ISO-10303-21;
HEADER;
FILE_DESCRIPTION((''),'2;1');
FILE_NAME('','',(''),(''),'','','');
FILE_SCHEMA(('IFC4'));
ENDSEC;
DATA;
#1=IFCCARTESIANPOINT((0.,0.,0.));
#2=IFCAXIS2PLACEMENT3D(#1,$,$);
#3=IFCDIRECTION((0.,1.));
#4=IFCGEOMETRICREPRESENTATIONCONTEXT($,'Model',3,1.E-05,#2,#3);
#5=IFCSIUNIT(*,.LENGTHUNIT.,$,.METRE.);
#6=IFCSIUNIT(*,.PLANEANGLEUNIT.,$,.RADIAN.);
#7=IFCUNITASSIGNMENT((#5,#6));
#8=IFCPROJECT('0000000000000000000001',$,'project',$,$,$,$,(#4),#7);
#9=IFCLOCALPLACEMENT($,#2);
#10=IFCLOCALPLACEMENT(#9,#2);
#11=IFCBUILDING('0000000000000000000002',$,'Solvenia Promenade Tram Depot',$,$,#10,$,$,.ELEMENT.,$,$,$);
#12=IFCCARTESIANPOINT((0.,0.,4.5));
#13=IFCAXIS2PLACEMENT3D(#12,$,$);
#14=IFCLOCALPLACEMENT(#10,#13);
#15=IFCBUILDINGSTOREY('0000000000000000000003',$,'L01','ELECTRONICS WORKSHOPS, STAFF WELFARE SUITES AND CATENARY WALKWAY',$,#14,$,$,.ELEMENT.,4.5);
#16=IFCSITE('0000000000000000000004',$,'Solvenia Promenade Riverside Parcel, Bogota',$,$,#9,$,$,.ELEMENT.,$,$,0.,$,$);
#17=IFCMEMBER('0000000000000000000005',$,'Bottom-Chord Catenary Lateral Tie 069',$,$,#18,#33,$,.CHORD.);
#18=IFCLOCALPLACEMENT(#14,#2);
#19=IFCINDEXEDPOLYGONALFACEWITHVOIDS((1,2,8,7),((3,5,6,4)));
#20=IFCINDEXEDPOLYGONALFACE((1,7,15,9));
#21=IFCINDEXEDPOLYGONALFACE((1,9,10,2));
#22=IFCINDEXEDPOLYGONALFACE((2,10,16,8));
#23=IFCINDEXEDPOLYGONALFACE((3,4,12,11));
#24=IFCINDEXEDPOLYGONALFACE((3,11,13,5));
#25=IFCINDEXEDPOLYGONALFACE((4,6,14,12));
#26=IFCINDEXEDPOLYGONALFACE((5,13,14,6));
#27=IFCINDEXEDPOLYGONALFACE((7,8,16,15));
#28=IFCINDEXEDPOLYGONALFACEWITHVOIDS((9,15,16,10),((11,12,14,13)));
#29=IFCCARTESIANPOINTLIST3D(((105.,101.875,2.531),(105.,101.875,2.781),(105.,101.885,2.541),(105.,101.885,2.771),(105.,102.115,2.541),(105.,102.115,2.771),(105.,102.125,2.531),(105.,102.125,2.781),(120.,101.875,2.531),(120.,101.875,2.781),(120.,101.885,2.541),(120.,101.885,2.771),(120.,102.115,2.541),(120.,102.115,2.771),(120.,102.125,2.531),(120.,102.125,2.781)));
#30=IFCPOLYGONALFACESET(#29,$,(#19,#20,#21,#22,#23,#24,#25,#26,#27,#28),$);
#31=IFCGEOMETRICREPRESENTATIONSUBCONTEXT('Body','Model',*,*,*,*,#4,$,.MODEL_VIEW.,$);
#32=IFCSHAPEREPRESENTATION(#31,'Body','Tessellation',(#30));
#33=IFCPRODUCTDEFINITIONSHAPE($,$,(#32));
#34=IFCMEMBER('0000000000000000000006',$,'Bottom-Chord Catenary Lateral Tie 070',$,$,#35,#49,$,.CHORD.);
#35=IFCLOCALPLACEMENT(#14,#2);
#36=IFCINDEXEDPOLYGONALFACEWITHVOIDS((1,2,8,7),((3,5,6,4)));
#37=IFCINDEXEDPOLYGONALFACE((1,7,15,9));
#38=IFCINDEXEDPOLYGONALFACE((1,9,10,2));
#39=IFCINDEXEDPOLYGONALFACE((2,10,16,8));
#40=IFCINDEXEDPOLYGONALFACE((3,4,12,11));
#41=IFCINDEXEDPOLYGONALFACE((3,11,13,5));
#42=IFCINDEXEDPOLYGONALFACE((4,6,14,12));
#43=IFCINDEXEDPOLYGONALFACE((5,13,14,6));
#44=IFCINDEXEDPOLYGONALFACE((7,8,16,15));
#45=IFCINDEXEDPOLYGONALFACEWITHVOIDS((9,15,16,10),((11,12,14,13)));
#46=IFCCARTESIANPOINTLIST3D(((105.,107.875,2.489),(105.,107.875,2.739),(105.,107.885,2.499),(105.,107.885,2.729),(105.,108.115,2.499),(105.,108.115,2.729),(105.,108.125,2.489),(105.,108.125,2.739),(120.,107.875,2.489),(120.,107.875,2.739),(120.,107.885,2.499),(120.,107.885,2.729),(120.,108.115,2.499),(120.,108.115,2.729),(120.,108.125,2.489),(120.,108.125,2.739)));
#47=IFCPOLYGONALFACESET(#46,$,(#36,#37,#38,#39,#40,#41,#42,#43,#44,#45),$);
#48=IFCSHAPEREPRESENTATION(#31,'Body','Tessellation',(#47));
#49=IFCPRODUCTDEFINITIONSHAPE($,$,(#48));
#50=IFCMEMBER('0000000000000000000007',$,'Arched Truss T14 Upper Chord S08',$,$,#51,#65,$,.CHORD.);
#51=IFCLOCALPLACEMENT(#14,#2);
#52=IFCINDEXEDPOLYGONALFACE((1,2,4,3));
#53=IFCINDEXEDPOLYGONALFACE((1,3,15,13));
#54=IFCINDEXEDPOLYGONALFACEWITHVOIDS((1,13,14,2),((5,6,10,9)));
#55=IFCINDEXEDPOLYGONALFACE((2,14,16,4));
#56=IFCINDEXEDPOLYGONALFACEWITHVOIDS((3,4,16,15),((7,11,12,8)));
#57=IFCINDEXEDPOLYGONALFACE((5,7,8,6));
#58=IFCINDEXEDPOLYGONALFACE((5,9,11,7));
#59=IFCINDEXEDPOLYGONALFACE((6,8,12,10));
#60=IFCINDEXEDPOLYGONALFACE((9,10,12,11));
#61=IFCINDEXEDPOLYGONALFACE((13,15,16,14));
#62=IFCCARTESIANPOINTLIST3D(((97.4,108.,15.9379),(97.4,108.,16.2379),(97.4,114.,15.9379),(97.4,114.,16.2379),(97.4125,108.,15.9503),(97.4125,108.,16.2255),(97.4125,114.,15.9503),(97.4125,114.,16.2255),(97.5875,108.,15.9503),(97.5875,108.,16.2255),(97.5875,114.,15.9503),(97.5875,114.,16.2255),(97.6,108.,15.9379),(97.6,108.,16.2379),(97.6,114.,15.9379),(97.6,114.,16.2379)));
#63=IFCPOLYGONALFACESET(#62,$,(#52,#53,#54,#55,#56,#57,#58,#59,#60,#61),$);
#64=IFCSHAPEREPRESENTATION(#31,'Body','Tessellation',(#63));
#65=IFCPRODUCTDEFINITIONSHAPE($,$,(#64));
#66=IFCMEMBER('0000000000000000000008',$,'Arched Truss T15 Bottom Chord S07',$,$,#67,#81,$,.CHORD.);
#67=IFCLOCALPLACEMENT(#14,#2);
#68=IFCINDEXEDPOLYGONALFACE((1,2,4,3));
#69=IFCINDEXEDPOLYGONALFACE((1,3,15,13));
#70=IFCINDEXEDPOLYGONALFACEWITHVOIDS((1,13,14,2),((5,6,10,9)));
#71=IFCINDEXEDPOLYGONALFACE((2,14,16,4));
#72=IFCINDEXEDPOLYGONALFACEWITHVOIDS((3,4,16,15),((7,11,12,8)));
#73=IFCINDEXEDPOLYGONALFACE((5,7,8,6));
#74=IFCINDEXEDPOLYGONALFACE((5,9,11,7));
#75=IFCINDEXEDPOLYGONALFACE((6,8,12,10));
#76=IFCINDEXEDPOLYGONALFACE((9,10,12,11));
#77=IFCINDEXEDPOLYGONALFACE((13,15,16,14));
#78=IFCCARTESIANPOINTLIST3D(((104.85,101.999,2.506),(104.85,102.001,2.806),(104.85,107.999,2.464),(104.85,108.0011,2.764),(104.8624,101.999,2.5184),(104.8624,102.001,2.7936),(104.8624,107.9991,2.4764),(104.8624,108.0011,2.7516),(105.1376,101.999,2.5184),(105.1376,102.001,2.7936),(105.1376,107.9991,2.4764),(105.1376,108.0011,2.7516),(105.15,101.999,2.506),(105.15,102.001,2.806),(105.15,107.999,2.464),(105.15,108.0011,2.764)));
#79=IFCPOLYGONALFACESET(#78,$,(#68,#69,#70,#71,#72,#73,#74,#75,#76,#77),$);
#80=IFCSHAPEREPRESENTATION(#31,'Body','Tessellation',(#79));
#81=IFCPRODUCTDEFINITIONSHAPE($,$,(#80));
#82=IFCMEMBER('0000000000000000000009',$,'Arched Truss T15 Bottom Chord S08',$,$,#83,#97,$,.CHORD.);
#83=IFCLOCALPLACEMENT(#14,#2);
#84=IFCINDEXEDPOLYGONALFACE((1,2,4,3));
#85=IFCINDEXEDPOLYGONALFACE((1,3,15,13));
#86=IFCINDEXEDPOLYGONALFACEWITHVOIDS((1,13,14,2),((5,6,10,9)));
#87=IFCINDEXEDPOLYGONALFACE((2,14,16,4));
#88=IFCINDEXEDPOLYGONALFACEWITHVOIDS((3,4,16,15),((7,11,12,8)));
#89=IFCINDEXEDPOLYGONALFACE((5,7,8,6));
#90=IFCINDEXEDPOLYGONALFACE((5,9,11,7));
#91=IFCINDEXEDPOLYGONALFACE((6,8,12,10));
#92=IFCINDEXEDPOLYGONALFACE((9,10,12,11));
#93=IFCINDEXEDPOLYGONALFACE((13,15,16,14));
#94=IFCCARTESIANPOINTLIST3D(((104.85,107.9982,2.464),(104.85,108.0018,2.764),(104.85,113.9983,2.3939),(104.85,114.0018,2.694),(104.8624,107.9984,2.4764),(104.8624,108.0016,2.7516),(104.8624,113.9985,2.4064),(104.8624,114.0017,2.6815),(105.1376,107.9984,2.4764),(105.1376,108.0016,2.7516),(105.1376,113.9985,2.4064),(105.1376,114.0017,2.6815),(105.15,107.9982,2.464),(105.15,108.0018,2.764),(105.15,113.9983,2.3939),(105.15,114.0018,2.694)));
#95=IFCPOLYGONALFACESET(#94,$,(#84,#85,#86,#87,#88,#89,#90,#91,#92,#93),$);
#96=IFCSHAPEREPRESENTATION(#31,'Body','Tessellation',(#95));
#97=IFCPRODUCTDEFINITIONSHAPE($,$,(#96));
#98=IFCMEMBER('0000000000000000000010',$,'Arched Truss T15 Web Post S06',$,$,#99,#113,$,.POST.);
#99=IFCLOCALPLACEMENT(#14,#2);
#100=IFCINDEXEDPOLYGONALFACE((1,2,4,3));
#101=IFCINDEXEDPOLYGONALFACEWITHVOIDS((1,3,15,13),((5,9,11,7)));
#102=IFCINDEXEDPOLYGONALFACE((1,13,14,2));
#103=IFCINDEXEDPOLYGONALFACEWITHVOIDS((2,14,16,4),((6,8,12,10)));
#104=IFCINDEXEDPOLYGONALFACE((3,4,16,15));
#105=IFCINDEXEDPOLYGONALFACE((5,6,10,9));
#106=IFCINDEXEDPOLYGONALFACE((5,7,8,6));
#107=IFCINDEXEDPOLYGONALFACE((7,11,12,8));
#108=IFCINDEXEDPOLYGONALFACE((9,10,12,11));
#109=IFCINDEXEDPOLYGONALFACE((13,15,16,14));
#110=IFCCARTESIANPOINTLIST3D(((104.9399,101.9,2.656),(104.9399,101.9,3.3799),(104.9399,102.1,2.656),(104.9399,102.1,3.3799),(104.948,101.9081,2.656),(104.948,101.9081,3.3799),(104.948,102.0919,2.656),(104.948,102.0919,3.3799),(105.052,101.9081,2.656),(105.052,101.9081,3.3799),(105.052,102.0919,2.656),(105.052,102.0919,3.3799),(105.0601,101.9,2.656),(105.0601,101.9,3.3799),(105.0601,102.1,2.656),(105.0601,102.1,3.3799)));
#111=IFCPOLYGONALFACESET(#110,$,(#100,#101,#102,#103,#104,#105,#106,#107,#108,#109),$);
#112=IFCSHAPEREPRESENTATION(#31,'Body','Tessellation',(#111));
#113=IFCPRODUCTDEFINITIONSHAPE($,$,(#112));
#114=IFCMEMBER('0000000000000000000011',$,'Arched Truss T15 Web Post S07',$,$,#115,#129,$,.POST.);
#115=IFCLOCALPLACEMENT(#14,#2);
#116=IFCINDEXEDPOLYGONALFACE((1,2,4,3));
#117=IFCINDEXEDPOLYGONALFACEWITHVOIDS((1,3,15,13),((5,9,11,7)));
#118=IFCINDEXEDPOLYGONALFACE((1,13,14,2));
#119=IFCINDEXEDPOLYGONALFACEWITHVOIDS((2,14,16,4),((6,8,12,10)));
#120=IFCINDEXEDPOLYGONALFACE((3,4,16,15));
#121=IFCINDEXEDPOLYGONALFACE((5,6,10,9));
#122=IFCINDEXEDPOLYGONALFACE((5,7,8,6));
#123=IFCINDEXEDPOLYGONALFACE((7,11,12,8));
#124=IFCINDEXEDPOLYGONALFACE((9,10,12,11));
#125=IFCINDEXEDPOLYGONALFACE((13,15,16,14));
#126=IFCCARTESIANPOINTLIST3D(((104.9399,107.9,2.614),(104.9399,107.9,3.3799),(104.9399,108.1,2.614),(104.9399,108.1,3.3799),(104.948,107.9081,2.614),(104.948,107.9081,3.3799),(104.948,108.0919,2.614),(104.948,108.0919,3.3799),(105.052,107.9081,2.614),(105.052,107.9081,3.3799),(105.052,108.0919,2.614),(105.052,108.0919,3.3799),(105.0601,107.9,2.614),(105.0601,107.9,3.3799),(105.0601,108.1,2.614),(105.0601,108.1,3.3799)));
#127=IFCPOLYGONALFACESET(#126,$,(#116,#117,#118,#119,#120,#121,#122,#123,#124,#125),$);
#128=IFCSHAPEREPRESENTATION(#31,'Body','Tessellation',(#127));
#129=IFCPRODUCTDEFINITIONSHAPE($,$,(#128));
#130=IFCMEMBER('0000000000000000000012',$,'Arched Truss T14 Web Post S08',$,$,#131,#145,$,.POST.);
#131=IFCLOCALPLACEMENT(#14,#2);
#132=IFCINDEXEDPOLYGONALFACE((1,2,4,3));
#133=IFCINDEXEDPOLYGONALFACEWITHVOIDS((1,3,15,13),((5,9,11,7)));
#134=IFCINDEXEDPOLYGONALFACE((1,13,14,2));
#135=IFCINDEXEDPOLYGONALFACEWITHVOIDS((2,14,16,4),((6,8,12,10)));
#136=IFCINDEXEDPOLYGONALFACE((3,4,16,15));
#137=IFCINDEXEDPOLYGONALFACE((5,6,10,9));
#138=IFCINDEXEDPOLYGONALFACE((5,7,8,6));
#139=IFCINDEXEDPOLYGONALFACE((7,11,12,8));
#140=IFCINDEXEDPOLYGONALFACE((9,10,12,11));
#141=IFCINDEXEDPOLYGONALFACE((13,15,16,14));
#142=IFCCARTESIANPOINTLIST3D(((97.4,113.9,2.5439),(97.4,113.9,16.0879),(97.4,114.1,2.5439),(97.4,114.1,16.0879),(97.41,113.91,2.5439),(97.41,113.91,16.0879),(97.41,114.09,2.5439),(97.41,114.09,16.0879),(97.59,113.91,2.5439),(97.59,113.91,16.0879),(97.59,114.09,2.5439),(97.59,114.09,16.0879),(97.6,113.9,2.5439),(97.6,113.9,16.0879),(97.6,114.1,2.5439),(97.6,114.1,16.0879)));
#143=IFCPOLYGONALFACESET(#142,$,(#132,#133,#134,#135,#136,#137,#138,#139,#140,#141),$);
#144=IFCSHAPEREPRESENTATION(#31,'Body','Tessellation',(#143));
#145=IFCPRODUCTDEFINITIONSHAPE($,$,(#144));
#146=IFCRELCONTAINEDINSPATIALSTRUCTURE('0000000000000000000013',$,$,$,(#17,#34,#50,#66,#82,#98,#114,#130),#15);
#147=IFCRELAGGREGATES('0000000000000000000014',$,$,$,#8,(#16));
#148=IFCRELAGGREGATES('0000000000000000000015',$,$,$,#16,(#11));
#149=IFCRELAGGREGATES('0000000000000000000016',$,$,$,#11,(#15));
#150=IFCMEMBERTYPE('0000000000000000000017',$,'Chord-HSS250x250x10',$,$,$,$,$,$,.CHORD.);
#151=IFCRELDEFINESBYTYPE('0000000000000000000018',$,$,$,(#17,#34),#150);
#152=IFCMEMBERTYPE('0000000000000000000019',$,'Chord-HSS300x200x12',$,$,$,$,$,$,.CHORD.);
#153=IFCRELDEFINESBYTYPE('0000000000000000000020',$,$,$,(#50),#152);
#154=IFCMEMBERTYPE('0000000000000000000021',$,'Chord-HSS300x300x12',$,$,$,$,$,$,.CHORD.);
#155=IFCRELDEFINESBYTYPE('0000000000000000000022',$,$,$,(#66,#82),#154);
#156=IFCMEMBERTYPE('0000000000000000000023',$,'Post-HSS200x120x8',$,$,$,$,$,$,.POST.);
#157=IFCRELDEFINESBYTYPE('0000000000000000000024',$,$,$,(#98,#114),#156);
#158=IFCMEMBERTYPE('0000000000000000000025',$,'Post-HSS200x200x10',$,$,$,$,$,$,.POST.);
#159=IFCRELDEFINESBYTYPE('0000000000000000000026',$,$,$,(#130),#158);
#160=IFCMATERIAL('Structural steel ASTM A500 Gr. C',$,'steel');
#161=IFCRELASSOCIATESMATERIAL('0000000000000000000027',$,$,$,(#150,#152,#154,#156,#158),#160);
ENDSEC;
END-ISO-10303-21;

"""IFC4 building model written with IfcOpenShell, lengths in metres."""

from ifc_helpers import new_model, si_unit, direction, frame, origin, origin_2d, place, context, subcontext, project, spatial, hollow_rectangle, extrude, material, material_profile, profile_set, type_object, element, save


model = new_model("IFC4")

# Units and contexts
model_context = context("Model", 3, precision=1e-05, world=origin(), true_north=direction((0.0, 1.0)))
body_context = subcontext(model_context, "Body", "Model", "MODEL_VIEW")
ifc_project = project(units=[si_unit("LENGTHUNIT", "METRE"), si_unit("PLANEANGLEUNIT", "RADIAN")], contexts=[model_context])

# Site, building, storey
site_placement = place(None, origin())
site = spatial("IfcSite", under=ifc_project, at=site_placement, Name="Solvenia Promenade Riverside Parcel, Bogota", CompositionType="ELEMENT", RefElevation=0.0)
building_placement = place(site_placement, origin())
building = spatial("IfcBuilding", under=site, at=building_placement, Name="Solvenia Promenade Tram Depot", CompositionType="ELEMENT")
storey_placement = place(building_placement, frame((0.0, 0.0, 4.5)))
storey = spatial("IfcBuildingStorey", under=building, at=storey_placement, Name="L01", Description="ELECTRONICS WORKSHOPS, STAFF WELFARE SUITES AND CATENARY WALKWAY", CompositionType="ELEMENT", Elevation=4.5)

# Members
ifc_material_1 = material(Name="Structural steel ASTM A500 Gr. C", Category="steel")
ifc_material_profile_1 = material_profile(ifc_material_1, hollow_rectangle(XDim=0.25, YDim=0.25, WallThickness=0.01, at=origin_2d()), Name="HSS250x250x10", Category="steel")
ifc_profile_set_1 = profile_set([ifc_material_profile_1], Name="Structural steel ASTM A500 Gr. C")
member_type_1 = type_object("IfcMemberType", Name="Chord-HSS250x250x10", PredefinedType="CHORD", material=ifc_profile_set_1)
for number, where, z_axis, x_axis, name in (
    (1, (105.0, 102.0, 2.656), (1.0, 0.0, 0.0), (0.0, 1.0, 0.0), "Bottom-Chord Catenary Lateral Tie 069"),
    (2, (105.0, 108.0, 2.614), (1.0, 0.0, 0.0), (0.0, 1.0, 0.0), "Bottom-Chord Catenary Lateral Tie 070"),
):
    element("IfcMember", number, at=place(storey_placement, frame(where, z_axis=z_axis, x_axis=x_axis)), inside=storey, type_object=member_type_1, Name=name, PredefinedType="CHORD", context=body_context, shape_type="SweptSolid", body=[
        extrude(hollow_rectangle(XDim=0.25, YDim=0.25, WallThickness=0.01, at=origin_2d()), origin(), (0.0, 0.0, 1.0), 15.0),
    ])
ifc_material_profile_2 = material_profile(ifc_material_1, hollow_rectangle(XDim=0.2, YDim=0.3, WallThickness=0.0125, at=origin_2d()), Name="HSS300x200x12.5", Category="steel")
ifc_profile_set_2 = profile_set([ifc_material_profile_2], Name="Structural steel ASTM A500 Gr. C")
member_type_2 = type_object("IfcMemberType", Name="Chord-HSS300x200x12", PredefinedType="CHORD", material=ifc_profile_set_2)
member_1_placement = place(storey_placement, frame((97.5, 108.0, 16.0879), z_axis=(0.0, 1.0, 0.0), x_axis=(-1.0, 0.0, 0.0)))
element("IfcMember", 3, at=member_1_placement, inside=storey, type_object=member_type_2, Name="Arched Truss T14 Upper Chord S08", PredefinedType="CHORD", context=body_context, shape_type="SweptSolid", body=[
    extrude(hollow_rectangle(XDim=0.2, YDim=0.3, WallThickness=0.0125, at=origin_2d()), origin(), (0.0, 0.0, 1.0), 6.0),
])
ifc_material_profile_3 = material_profile(ifc_material_1, hollow_rectangle(XDim=0.3, YDim=0.3, WallThickness=0.0125, at=origin_2d()), Name="HSS300x300x12.5", Category="steel")
ifc_profile_set_3 = profile_set([ifc_material_profile_3], Name="Structural steel ASTM A500 Gr. C")
member_type_3 = type_object("IfcMemberType", Name="Chord-HSS300x300x12", PredefinedType="CHORD", material=ifc_profile_set_3)
member_2_placement = place(storey_placement, frame((105.0, 102.0, 2.656), z_axis=(0.0, 0.999976, -0.006999), x_axis=(-1.0, 0.0, 0.0)))
element("IfcMember", 4, at=member_2_placement, inside=storey, type_object=member_type_3, Name="Arched Truss T15 Bottom Chord S07", PredefinedType="CHORD", context=body_context, shape_type="SweptSolid", body=[
    extrude(hollow_rectangle(XDim=0.3, YDim=0.3, WallThickness=0.0125, at=origin_2d()), origin(), (0.0, 0.0, 1.0), 6.0002),
])
member_3_placement = place(storey_placement, frame((105.0, 108.0, 2.614), z_axis=(0.0, 0.999932, -0.011677), x_axis=(-1.0, 0.0, 0.0)))
element("IfcMember", 5, at=member_3_placement, inside=storey, type_object=member_type_3, Name="Arched Truss T15 Bottom Chord S08", PredefinedType="CHORD", context=body_context, shape_type="SweptSolid", body=[
    extrude(hollow_rectangle(XDim=0.3, YDim=0.3, WallThickness=0.0125, at=origin_2d()), origin(), (0.0, 0.0, 1.0), 6.0005),
])
ifc_material_profile_4 = material_profile(ifc_material_1, hollow_rectangle(XDim=0.1201, YDim=0.2, WallThickness=0.0081, at=origin_2d()), Name="HSS200x120x8", Category="steel")
ifc_profile_set_4 = profile_set([ifc_material_profile_4], Name="Structural steel ASTM A500 Gr. C")
member_type_4 = type_object("IfcMemberType", Name="Post-HSS200x120x8", PredefinedType="POST", material=ifc_profile_set_4)
member_4_placement = place(storey_placement, frame((105.0, 102.0, 2.656), z_axis=(0.0, 0.0, 1.0), x_axis=(1.0, 0.0, 0.0)))
element("IfcMember", 6, at=member_4_placement, inside=storey, type_object=member_type_4, Name="Arched Truss T15 Web Post S06", PredefinedType="POST", context=body_context, shape_type="SweptSolid", body=[
    extrude(hollow_rectangle(XDim=0.1201, YDim=0.2, WallThickness=0.0081, at=origin_2d()), origin(), (0.0, 0.0, 1.0), 0.7239),
])
member_5_placement = place(storey_placement, frame((105.0, 108.0, 2.614), z_axis=(0.0, 0.0, 1.0), x_axis=(1.0, 0.0, 0.0)))
element("IfcMember", 7, at=member_5_placement, inside=storey, type_object=member_type_4, Name="Arched Truss T15 Web Post S07", PredefinedType="POST", context=body_context, shape_type="SweptSolid", body=[
    extrude(hollow_rectangle(XDim=0.1201, YDim=0.2, WallThickness=0.0081, at=origin_2d()), origin(), (0.0, 0.0, 1.0), 0.7659),
])
ifc_material_profile_5 = material_profile(ifc_material_1, hollow_rectangle(XDim=0.2, YDim=0.2, WallThickness=0.01, at=origin_2d()), Name="HSS200x200x10", Category="steel")
ifc_profile_set_5 = profile_set([ifc_material_profile_5], Name="Structural steel ASTM A500 Gr. C")
member_type_5 = type_object("IfcMemberType", Name="Post-HSS200x200x10", PredefinedType="POST", material=ifc_profile_set_5)
member_6_placement = place(storey_placement, frame((97.5, 114.0, 2.5439), z_axis=(0.0, 0.0, 1.0), x_axis=(1.0, 0.0, 0.0)))
element("IfcMember", 8, at=member_6_placement, inside=storey, type_object=member_type_5, Name="Arched Truss T14 Web Post S08", PredefinedType="POST", context=body_context, shape_type="SweptSolid", body=[
    extrude(hollow_rectangle(XDim=0.2, YDim=0.2, WallThickness=0.01, at=origin_2d()), origin(), (0.0, 0.0, 1.0), 13.5439),
])

save(model, "model.ifc")
